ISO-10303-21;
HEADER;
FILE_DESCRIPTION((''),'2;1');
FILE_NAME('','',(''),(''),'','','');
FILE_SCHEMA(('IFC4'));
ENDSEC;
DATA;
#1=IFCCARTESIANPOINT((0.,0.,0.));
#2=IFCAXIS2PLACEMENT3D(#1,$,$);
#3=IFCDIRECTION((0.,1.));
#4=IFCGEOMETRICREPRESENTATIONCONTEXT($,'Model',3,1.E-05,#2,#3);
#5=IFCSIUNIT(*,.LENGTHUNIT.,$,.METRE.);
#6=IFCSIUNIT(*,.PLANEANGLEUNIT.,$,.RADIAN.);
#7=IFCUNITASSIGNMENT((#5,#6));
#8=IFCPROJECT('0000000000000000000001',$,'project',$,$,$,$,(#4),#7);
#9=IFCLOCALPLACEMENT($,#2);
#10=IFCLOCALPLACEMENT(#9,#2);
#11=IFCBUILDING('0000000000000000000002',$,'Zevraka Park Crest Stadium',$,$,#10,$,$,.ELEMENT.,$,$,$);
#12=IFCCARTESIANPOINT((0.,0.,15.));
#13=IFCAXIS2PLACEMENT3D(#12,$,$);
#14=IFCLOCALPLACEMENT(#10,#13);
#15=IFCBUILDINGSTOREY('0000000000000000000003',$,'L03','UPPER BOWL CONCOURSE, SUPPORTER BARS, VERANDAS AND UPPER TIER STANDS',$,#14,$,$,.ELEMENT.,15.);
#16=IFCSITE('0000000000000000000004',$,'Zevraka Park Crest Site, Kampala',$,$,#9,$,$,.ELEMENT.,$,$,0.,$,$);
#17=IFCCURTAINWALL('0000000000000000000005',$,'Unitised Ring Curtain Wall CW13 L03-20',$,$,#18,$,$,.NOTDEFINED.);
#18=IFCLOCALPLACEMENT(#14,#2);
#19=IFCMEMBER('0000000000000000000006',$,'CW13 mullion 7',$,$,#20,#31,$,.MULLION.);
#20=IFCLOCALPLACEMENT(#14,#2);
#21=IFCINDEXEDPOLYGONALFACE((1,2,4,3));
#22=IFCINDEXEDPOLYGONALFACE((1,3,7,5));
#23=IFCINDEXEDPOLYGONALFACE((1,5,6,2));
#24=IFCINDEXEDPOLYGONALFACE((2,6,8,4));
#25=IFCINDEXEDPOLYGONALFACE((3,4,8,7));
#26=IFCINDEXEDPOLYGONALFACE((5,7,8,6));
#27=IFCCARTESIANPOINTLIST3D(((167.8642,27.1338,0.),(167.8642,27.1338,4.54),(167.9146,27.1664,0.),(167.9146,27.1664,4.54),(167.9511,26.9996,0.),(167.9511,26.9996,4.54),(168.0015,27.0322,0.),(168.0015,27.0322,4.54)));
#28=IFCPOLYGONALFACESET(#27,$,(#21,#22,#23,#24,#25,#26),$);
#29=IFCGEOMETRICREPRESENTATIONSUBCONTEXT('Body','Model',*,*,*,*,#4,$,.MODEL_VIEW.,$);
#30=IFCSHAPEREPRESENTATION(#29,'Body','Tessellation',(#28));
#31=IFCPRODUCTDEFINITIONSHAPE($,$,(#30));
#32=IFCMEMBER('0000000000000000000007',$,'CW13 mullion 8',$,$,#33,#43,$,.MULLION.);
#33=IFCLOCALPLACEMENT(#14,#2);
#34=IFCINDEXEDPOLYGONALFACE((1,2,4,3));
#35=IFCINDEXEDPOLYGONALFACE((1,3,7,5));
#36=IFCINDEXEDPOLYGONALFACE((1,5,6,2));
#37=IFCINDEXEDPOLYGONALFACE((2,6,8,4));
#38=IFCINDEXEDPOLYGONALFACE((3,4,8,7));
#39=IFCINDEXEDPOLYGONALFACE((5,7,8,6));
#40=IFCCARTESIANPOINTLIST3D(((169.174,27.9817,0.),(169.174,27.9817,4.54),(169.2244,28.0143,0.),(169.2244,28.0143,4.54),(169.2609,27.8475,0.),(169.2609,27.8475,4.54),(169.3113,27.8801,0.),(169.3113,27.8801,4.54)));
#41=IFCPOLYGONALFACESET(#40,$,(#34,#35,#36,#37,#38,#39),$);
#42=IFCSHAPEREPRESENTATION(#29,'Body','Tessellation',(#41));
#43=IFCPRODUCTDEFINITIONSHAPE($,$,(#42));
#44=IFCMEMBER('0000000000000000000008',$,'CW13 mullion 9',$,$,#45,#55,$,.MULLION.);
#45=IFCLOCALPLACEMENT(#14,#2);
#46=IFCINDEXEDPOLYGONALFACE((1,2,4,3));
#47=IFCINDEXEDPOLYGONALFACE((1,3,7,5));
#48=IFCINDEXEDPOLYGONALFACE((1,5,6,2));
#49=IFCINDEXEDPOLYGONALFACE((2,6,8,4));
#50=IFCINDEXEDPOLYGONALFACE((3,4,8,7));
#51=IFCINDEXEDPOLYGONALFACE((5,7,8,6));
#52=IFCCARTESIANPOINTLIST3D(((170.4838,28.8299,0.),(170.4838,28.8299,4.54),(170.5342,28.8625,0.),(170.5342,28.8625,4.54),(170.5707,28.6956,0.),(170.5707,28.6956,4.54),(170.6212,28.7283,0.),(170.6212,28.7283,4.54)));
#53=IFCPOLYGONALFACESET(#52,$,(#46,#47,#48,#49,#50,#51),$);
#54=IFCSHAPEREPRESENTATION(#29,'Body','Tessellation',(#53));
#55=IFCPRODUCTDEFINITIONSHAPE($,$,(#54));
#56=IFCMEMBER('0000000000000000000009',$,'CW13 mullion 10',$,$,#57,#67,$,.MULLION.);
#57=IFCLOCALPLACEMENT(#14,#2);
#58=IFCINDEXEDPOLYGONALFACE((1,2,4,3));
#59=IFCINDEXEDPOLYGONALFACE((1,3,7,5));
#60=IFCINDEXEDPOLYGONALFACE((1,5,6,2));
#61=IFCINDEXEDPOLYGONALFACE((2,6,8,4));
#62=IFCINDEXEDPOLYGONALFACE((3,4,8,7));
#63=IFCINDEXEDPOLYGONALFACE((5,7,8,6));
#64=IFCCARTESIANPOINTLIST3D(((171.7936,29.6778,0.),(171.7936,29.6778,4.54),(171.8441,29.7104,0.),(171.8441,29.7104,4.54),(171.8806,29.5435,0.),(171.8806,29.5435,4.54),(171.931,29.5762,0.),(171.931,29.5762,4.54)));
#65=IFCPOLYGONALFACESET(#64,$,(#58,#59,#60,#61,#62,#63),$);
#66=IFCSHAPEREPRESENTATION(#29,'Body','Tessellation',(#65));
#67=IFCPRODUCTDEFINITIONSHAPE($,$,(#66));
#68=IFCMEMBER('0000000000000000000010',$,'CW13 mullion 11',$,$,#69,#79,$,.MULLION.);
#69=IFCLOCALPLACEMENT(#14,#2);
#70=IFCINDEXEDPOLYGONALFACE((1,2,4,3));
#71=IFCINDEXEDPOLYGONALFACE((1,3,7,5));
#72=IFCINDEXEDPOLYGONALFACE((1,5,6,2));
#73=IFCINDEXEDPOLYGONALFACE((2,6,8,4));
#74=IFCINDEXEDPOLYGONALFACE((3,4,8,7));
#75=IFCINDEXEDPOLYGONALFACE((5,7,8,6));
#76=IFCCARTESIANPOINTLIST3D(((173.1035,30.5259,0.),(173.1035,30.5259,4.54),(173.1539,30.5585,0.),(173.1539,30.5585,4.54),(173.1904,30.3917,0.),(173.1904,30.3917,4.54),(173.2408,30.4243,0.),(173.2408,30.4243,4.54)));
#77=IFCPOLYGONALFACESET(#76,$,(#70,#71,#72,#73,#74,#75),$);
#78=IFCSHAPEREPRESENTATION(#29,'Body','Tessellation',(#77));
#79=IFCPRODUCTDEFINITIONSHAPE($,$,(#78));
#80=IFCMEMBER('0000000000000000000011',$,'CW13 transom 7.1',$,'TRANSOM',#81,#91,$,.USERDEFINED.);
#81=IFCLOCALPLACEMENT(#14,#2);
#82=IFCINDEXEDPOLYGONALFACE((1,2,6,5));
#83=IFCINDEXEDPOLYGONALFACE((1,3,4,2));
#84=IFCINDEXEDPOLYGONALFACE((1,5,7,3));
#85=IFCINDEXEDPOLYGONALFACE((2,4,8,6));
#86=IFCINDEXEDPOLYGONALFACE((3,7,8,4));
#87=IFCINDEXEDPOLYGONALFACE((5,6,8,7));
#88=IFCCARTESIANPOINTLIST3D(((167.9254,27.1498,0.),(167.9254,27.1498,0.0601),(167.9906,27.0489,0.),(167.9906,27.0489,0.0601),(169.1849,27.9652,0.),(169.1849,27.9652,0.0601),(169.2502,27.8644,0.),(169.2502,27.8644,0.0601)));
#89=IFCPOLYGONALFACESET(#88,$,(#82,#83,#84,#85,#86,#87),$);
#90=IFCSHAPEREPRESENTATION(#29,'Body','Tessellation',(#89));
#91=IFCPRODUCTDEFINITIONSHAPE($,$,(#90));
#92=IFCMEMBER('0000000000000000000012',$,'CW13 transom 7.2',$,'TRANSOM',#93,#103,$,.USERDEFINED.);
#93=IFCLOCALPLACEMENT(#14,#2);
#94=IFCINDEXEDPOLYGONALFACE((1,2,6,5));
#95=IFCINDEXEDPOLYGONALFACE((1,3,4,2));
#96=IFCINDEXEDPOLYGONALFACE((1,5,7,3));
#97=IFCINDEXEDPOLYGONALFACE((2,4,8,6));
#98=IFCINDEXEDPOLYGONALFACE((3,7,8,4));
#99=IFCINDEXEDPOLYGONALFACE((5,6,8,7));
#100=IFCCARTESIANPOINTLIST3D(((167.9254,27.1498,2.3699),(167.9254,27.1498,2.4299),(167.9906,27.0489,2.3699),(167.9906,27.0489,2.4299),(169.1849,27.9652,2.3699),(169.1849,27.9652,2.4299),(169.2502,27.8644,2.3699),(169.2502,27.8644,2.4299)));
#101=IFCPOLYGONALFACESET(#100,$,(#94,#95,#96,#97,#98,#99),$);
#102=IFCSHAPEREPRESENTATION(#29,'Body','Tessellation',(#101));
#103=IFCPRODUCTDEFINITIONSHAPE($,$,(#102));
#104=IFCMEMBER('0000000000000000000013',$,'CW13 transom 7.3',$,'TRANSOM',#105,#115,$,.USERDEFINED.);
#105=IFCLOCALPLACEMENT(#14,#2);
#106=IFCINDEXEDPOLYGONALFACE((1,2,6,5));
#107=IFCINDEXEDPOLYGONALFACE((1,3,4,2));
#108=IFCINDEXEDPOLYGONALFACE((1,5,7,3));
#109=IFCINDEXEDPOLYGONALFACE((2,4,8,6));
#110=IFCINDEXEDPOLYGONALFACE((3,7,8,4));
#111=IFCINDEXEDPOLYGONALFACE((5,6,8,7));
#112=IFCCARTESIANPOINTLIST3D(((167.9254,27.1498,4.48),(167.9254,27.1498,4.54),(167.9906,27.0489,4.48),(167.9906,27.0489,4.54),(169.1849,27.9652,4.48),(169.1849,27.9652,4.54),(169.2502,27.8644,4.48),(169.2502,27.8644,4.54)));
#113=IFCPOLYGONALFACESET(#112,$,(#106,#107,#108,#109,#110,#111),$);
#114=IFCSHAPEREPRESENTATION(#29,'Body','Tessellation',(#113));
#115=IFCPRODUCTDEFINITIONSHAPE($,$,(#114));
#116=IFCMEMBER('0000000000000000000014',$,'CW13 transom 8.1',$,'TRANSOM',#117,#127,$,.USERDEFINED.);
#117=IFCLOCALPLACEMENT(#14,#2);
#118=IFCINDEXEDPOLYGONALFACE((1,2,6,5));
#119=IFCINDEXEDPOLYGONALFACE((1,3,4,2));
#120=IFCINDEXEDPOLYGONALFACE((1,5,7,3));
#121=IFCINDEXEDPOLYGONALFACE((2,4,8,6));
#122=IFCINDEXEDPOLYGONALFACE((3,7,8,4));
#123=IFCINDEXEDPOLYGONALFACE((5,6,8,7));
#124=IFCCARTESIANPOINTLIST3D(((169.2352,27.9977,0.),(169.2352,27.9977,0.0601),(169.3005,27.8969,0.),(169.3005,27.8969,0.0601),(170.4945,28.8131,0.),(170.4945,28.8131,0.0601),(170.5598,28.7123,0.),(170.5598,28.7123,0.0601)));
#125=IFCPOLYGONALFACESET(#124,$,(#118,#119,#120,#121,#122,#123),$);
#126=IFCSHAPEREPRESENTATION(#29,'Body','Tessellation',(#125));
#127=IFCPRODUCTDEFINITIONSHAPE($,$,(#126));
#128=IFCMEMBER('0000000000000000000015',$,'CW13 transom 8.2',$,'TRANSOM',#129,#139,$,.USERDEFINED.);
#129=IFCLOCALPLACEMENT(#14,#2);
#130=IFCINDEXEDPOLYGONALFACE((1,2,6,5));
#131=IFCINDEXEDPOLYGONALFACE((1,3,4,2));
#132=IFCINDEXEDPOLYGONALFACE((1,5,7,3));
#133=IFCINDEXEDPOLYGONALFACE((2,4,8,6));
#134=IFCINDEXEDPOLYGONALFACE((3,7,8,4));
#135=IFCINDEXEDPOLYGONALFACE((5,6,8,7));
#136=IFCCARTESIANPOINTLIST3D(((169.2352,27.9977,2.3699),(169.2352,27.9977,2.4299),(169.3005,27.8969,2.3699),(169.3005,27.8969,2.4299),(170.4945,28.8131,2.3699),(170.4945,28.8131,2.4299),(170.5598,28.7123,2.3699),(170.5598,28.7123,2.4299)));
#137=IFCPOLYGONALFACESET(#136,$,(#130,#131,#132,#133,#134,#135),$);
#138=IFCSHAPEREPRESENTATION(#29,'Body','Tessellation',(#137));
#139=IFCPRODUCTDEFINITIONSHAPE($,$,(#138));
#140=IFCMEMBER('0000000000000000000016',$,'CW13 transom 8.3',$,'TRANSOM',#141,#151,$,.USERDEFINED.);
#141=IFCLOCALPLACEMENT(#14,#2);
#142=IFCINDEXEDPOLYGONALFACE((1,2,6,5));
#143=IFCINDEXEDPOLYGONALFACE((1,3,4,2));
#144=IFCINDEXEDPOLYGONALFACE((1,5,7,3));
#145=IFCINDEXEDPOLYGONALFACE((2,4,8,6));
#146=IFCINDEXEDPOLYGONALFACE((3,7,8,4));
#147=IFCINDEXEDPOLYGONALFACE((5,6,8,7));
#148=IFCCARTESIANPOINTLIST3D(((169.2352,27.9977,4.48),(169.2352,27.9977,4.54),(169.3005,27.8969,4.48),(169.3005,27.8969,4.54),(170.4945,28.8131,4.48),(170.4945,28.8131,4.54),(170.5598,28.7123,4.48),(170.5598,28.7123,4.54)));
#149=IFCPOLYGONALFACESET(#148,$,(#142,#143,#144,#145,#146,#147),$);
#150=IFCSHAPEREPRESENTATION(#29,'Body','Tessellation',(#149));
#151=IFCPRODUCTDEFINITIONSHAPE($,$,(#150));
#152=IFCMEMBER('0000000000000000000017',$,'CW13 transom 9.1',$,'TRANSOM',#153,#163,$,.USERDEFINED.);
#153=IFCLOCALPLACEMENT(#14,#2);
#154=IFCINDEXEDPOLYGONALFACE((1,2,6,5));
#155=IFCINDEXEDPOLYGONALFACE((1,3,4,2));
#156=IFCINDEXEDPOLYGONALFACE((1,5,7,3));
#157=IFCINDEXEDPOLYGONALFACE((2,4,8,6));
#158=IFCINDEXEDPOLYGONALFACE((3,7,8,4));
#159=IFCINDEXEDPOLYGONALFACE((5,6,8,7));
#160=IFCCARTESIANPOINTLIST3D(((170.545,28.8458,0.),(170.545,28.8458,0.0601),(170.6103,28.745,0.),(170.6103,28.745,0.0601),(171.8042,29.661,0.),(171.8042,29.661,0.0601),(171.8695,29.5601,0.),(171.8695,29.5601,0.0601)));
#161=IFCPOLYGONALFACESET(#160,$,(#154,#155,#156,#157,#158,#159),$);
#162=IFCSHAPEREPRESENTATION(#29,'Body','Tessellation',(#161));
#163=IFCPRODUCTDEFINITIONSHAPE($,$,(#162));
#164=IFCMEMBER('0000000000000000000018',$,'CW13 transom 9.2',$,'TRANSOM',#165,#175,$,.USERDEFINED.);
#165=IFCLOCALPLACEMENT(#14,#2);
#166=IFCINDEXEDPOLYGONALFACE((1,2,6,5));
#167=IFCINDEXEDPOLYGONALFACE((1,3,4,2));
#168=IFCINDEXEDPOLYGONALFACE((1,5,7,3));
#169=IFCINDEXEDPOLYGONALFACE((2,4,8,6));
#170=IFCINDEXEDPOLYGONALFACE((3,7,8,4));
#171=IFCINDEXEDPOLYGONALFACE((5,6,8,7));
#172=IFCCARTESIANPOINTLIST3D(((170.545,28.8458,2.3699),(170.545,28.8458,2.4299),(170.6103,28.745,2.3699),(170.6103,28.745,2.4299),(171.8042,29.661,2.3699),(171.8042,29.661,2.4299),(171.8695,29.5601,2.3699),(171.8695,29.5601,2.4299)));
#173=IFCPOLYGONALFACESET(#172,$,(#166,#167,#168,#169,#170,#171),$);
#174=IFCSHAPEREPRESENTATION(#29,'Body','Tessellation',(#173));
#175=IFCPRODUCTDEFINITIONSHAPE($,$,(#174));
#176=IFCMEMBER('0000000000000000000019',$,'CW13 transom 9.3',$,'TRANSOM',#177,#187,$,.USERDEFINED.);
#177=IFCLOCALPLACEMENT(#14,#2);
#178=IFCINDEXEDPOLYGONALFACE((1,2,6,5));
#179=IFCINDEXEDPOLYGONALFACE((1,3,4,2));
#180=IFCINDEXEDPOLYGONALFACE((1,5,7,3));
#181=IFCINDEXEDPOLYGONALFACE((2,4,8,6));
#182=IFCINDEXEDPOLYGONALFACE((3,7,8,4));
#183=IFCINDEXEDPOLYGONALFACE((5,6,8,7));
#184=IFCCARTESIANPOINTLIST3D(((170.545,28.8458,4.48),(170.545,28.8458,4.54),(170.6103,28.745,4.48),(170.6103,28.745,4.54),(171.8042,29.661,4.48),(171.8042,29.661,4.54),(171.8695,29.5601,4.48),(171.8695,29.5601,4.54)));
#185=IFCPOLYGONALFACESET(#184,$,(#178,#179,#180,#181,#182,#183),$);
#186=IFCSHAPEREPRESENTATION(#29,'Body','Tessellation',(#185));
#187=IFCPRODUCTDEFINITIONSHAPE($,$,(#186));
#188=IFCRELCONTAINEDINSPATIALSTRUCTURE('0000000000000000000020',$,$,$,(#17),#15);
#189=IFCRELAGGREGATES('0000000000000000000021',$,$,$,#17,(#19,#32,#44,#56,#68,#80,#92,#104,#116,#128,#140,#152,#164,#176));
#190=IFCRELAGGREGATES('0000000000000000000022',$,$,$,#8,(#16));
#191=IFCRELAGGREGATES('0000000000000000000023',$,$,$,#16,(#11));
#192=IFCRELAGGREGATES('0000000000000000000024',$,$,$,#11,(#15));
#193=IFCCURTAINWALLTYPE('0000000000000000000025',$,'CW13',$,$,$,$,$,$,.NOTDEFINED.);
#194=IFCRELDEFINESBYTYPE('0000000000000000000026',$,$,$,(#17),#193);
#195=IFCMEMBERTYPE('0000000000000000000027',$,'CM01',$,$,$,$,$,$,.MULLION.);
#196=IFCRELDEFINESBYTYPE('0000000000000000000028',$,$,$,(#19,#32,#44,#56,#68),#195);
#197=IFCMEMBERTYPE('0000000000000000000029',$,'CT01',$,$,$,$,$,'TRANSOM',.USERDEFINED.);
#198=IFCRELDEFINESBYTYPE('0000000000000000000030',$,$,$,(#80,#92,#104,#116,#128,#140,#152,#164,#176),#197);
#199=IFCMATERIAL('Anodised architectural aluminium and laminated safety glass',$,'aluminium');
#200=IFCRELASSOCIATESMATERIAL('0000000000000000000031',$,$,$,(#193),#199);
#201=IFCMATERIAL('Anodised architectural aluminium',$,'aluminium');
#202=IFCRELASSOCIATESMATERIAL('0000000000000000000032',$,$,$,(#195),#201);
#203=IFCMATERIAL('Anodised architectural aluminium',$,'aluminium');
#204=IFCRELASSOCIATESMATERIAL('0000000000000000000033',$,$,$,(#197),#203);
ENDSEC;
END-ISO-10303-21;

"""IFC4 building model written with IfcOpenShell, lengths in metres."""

from ifc_helpers import new_model, si_unit, direction, frame, origin, origin_2d, place, context, subcontext, project, spatial, rectangle, extrude, material, material_profile, profile_set, type_object, element, aggregate, save


model = new_model("IFC4")

# Units and contexts
model_context = context("Model", 3, precision=1e-05, world=origin(), true_north=direction((0.0, 1.0)))
body_context = subcontext(model_context, "Body", "Model", "MODEL_VIEW")
ifc_project = project(units=[si_unit("LENGTHUNIT", "METRE"), si_unit("PLANEANGLEUNIT", "RADIAN")], contexts=[model_context])

# Site, building, storey
site_placement = place(None, origin())
site = spatial("IfcSite", under=ifc_project, at=site_placement, Name="Zevraka Park Crest Site, Kampala", CompositionType="ELEMENT", RefElevation=0.0)
building_placement = place(site_placement, origin())
building = spatial("IfcBuilding", under=site, at=building_placement, Name="Zevraka Park Crest Stadium", CompositionType="ELEMENT")
storey_placement = place(building_placement, frame((0.0, 0.0, 15.0)))
storey = spatial("IfcBuildingStorey", under=building, at=storey_placement, Name="L03", Description="UPPER BOWL CONCOURSE, SUPPORTER BARS, VERANDAS AND UPPER TIER STANDS", CompositionType="ELEMENT", Elevation=15.0)

# Curtain wall, members
ifc_material_1 = material(Name="Anodised architectural aluminium and laminated safety glass", Category="aluminium")
curtain_wall_type = type_object("IfcCurtainWallType", Name="CW13", PredefinedType="NOTDEFINED", material=ifc_material_1)
curtain_wall_placement = place(storey_placement, origin())
curtain_wall = element("IfcCurtainWall", 1, at=curtain_wall_placement, inside=storey, type_object=curtain_wall_type, Name="Unitised Ring Curtain Wall CW13 L03-20", PredefinedType="NOTDEFINED")
ifc_material_2 = material(Name="Anodised architectural aluminium", Category="aluminium")
ifc_material_profile_1 = material_profile(ifc_material_2, rectangle(XDim=0.1599, YDim=0.0601, at=origin_2d()), Name="ALU MULLION 160x60")
ifc_profile_set_1 = profile_set([ifc_material_profile_1], Name="Anodised architectural aluminium")
member_type_1 = type_object("IfcMemberType", Name="CM01", PredefinedType="MULLION", material=ifc_profile_set_1)
member_1_placement = place(storey_placement, frame((167.9329, 27.083, 0.0), z_axis=(0.0, 0.0, 1.0), x_axis=(-0.543469, 0.839429, 0.0)))
member_1 = element("IfcMember", 2, at=member_1_placement, type_object=member_type_1, Name="CW13 mullion 7", PredefinedType="MULLION", context=body_context, shape_type="SweptSolid", body=[
    extrude(rectangle(XDim=0.1599, YDim=0.0601, at=origin_2d()), origin(), (0.0, 0.0, 1.0), 4.54),
])
member_2_placement = place(storey_placement, frame((169.2427, 27.9309, 0.0), z_axis=(0.0, 0.0, 1.0), x_axis=(-0.543469, 0.839429, 0.0)))
member_2 = element("IfcMember", 3, at=member_2_placement, type_object=member_type_1, Name="CW13 mullion 8", PredefinedType="MULLION", context=body_context, shape_type="SweptSolid", body=[
    extrude(rectangle(XDim=0.1599, YDim=0.0601, at=origin_2d()), origin(), (0.0, 0.0, 1.0), 4.54),
])
member_3_placement = place(storey_placement, frame((170.5525, 28.7791, 0.0), z_axis=(0.0, 0.0, 1.0), x_axis=(-0.543469, 0.839429, 0.0)))
member_3 = element("IfcMember", 4, at=member_3_placement, type_object=member_type_1, Name="CW13 mullion 9", PredefinedType="MULLION", context=body_context, shape_type="SweptSolid", body=[
    extrude(rectangle(XDim=0.1599, YDim=0.0601, at=origin_2d()), origin(), (0.0, 0.0, 1.0), 4.54),
])
member_4_placement = place(storey_placement, frame((171.8623, 29.627, 0.0), z_axis=(0.0, 0.0, 1.0), x_axis=(-0.543469, 0.839429, 0.0)))
member_4 = element("IfcMember", 5, at=member_4_placement, type_object=member_type_1, Name="CW13 mullion 10", PredefinedType="MULLION", context=body_context, shape_type="SweptSolid", body=[
    extrude(rectangle(XDim=0.1599, YDim=0.0601, at=origin_2d()), origin(), (0.0, 0.0, 1.0), 4.54),
])
member_5_placement = place(storey_placement, frame((173.1721, 30.4751, 0.0), z_axis=(0.0, 0.0, 1.0), x_axis=(-0.543469, 0.839429, 0.0)))
member_5 = element("IfcMember", 6, at=member_5_placement, type_object=member_type_1, Name="CW13 mullion 11", PredefinedType="MULLION", context=body_context, shape_type="SweptSolid", body=[
    extrude(rectangle(XDim=0.1599, YDim=0.0601, at=origin_2d()), origin(), (0.0, 0.0, 1.0), 4.54),
])
ifc_material_3 = material(Name="Anodised architectural aluminium", Category="aluminium")
ifc_material_profile_2 = material_profile(ifc_material_3, rectangle(XDim=0.1201, YDim=0.0601, at=origin_2d()), Name="ALU TRANSOM 120x60")
ifc_profile_set_2 = profile_set([ifc_material_profile_2], Name="Anodised architectural aluminium")
member_type_2 = type_object("IfcMemberType", Name="CT01", ElementType="TRANSOM", PredefinedType="USERDEFINED", material=ifc_profile_set_2)
member_6_placement = place(storey_placement, frame((167.958, 27.0994, 0.03), z_axis=(0.839435, 0.54346, 0.0), x_axis=(-0.54346, 0.839435, 0.0)))
member_6 = element("IfcMember", 7, at=member_6_placement, type_object=member_type_2, Name="CW13 transom 7.1", ObjectType="TRANSOM", PredefinedType="USERDEFINED", context=body_context, shape_type="SweptSolid", body=[
    extrude(rectangle(XDim=0.1201, YDim=0.0601, at=origin_2d()), origin(), (0.0, 0.0, 1.0), 1.5005),
])
member_7_placement = place(storey_placement, frame((167.958, 27.0994, 2.3999), z_axis=(0.839435, 0.54346, 0.0), x_axis=(-0.54346, 0.839435, 0.0)))
member_7 = element("IfcMember", 8, at=member_7_placement, type_object=member_type_2, Name="CW13 transom 7.2", ObjectType="TRANSOM", PredefinedType="USERDEFINED", context=body_context, shape_type="SweptSolid", body=[
    extrude(rectangle(XDim=0.1201, YDim=0.0601, at=origin_2d()), origin(), (0.0, 0.0, 1.0), 1.5005),
])
member_8_placement = place(storey_placement, frame((167.958, 27.0994, 4.51), z_axis=(0.839435, 0.54346, 0.0), x_axis=(-0.54346, 0.839435, 0.0)))
member_8 = element("IfcMember", 9, at=member_8_placement, type_object=member_type_2, Name="CW13 transom 7.3", ObjectType="TRANSOM", PredefinedType="USERDEFINED", context=body_context, shape_type="SweptSolid", body=[
    extrude(rectangle(XDim=0.1201, YDim=0.0601, at=origin_2d()), origin(), (0.0, 0.0, 1.0), 1.5005),
])
member_9_placement = place(storey_placement, frame((169.2678, 27.9473, 0.03), z_axis=(0.839387, 0.543535, 0.0), x_axis=(-0.543535, 0.839387, 0.0)))
member_9 = element("IfcMember", 10, at=member_9_placement, type_object=member_type_2, Name="CW13 transom 8.1", ObjectType="TRANSOM", PredefinedType="USERDEFINED", context=body_context, shape_type="SweptSolid", body=[
    extrude(rectangle(XDim=0.1201, YDim=0.0601, at=origin_2d()), origin(), (0.0, 0.0, 1.0), 1.5002),
])
member_10_placement = place(storey_placement, frame((169.2678, 27.9473, 2.3999), z_axis=(0.839387, 0.543535, 0.0), x_axis=(-0.543535, 0.839387, 0.0)))
member_10 = element("IfcMember", 11, at=member_10_placement, type_object=member_type_2, Name="CW13 transom 8.2", ObjectType="TRANSOM", PredefinedType="USERDEFINED", context=body_context, shape_type="SweptSolid", body=[
    extrude(rectangle(XDim=0.1201, YDim=0.0601, at=origin_2d()), origin(), (0.0, 0.0, 1.0), 1.5002),
])
member_11_placement = place(storey_placement, frame((169.2678, 27.9473, 4.51), z_axis=(0.839387, 0.543535, 0.0), x_axis=(-0.543535, 0.839387, 0.0)))
member_11 = element("IfcMember", 12, at=member_11_placement, type_object=member_type_2, Name="CW13 transom 8.3", ObjectType="TRANSOM", PredefinedType="USERDEFINED", context=body_context, shape_type="SweptSolid", body=[
    extrude(rectangle(XDim=0.1201, YDim=0.0601, at=origin_2d()), origin(), (0.0, 0.0, 1.0), 1.5002),
])
member_12_placement = place(storey_placement, frame((170.5776, 28.7954, 0.03), z_axis=(0.839461, 0.54342, 0.0), x_axis=(-0.54342, 0.839461, 0.0)))
member_12 = element("IfcMember", 13, at=member_12_placement, type_object=member_type_2, Name="CW13 transom 9.1", ObjectType="TRANSOM", PredefinedType="USERDEFINED", context=body_context, shape_type="SweptSolid", body=[
    extrude(rectangle(XDim=0.1201, YDim=0.0601, at=origin_2d()), origin(), (0.0, 0.0, 1.0), 1.5),
])
member_13_placement = place(storey_placement, frame((170.5776, 28.7954, 2.3999), z_axis=(0.839461, 0.54342, 0.0), x_axis=(-0.54342, 0.839461, 0.0)))
member_13 = element("IfcMember", 14, at=member_13_placement, type_object=member_type_2, Name="CW13 transom 9.2", ObjectType="TRANSOM", PredefinedType="USERDEFINED", context=body_context, shape_type="SweptSolid", body=[
    extrude(rectangle(XDim=0.1201, YDim=0.0601, at=origin_2d()), origin(), (0.0, 0.0, 1.0), 1.5),
])
member_14_placement = place(storey_placement, frame((170.5776, 28.7954, 4.51), z_axis=(0.839461, 0.54342, 0.0), x_axis=(-0.54342, 0.839461, 0.0)))
member_14 = element("IfcMember", 15, at=member_14_placement, type_object=member_type_2, Name="CW13 transom 9.3", ObjectType="TRANSOM", PredefinedType="USERDEFINED", context=body_context, shape_type="SweptSolid", body=[
    extrude(rectangle(XDim=0.1201, YDim=0.0601, at=origin_2d()), origin(), (0.0, 0.0, 1.0), 1.5),
])
aggregate(curtain_wall, [member_1, member_2, member_3, member_4, member_5, member_6, member_7, member_8, member_9, member_10, member_11, member_12, member_13, member_14])

save(model, "model.ifc")
